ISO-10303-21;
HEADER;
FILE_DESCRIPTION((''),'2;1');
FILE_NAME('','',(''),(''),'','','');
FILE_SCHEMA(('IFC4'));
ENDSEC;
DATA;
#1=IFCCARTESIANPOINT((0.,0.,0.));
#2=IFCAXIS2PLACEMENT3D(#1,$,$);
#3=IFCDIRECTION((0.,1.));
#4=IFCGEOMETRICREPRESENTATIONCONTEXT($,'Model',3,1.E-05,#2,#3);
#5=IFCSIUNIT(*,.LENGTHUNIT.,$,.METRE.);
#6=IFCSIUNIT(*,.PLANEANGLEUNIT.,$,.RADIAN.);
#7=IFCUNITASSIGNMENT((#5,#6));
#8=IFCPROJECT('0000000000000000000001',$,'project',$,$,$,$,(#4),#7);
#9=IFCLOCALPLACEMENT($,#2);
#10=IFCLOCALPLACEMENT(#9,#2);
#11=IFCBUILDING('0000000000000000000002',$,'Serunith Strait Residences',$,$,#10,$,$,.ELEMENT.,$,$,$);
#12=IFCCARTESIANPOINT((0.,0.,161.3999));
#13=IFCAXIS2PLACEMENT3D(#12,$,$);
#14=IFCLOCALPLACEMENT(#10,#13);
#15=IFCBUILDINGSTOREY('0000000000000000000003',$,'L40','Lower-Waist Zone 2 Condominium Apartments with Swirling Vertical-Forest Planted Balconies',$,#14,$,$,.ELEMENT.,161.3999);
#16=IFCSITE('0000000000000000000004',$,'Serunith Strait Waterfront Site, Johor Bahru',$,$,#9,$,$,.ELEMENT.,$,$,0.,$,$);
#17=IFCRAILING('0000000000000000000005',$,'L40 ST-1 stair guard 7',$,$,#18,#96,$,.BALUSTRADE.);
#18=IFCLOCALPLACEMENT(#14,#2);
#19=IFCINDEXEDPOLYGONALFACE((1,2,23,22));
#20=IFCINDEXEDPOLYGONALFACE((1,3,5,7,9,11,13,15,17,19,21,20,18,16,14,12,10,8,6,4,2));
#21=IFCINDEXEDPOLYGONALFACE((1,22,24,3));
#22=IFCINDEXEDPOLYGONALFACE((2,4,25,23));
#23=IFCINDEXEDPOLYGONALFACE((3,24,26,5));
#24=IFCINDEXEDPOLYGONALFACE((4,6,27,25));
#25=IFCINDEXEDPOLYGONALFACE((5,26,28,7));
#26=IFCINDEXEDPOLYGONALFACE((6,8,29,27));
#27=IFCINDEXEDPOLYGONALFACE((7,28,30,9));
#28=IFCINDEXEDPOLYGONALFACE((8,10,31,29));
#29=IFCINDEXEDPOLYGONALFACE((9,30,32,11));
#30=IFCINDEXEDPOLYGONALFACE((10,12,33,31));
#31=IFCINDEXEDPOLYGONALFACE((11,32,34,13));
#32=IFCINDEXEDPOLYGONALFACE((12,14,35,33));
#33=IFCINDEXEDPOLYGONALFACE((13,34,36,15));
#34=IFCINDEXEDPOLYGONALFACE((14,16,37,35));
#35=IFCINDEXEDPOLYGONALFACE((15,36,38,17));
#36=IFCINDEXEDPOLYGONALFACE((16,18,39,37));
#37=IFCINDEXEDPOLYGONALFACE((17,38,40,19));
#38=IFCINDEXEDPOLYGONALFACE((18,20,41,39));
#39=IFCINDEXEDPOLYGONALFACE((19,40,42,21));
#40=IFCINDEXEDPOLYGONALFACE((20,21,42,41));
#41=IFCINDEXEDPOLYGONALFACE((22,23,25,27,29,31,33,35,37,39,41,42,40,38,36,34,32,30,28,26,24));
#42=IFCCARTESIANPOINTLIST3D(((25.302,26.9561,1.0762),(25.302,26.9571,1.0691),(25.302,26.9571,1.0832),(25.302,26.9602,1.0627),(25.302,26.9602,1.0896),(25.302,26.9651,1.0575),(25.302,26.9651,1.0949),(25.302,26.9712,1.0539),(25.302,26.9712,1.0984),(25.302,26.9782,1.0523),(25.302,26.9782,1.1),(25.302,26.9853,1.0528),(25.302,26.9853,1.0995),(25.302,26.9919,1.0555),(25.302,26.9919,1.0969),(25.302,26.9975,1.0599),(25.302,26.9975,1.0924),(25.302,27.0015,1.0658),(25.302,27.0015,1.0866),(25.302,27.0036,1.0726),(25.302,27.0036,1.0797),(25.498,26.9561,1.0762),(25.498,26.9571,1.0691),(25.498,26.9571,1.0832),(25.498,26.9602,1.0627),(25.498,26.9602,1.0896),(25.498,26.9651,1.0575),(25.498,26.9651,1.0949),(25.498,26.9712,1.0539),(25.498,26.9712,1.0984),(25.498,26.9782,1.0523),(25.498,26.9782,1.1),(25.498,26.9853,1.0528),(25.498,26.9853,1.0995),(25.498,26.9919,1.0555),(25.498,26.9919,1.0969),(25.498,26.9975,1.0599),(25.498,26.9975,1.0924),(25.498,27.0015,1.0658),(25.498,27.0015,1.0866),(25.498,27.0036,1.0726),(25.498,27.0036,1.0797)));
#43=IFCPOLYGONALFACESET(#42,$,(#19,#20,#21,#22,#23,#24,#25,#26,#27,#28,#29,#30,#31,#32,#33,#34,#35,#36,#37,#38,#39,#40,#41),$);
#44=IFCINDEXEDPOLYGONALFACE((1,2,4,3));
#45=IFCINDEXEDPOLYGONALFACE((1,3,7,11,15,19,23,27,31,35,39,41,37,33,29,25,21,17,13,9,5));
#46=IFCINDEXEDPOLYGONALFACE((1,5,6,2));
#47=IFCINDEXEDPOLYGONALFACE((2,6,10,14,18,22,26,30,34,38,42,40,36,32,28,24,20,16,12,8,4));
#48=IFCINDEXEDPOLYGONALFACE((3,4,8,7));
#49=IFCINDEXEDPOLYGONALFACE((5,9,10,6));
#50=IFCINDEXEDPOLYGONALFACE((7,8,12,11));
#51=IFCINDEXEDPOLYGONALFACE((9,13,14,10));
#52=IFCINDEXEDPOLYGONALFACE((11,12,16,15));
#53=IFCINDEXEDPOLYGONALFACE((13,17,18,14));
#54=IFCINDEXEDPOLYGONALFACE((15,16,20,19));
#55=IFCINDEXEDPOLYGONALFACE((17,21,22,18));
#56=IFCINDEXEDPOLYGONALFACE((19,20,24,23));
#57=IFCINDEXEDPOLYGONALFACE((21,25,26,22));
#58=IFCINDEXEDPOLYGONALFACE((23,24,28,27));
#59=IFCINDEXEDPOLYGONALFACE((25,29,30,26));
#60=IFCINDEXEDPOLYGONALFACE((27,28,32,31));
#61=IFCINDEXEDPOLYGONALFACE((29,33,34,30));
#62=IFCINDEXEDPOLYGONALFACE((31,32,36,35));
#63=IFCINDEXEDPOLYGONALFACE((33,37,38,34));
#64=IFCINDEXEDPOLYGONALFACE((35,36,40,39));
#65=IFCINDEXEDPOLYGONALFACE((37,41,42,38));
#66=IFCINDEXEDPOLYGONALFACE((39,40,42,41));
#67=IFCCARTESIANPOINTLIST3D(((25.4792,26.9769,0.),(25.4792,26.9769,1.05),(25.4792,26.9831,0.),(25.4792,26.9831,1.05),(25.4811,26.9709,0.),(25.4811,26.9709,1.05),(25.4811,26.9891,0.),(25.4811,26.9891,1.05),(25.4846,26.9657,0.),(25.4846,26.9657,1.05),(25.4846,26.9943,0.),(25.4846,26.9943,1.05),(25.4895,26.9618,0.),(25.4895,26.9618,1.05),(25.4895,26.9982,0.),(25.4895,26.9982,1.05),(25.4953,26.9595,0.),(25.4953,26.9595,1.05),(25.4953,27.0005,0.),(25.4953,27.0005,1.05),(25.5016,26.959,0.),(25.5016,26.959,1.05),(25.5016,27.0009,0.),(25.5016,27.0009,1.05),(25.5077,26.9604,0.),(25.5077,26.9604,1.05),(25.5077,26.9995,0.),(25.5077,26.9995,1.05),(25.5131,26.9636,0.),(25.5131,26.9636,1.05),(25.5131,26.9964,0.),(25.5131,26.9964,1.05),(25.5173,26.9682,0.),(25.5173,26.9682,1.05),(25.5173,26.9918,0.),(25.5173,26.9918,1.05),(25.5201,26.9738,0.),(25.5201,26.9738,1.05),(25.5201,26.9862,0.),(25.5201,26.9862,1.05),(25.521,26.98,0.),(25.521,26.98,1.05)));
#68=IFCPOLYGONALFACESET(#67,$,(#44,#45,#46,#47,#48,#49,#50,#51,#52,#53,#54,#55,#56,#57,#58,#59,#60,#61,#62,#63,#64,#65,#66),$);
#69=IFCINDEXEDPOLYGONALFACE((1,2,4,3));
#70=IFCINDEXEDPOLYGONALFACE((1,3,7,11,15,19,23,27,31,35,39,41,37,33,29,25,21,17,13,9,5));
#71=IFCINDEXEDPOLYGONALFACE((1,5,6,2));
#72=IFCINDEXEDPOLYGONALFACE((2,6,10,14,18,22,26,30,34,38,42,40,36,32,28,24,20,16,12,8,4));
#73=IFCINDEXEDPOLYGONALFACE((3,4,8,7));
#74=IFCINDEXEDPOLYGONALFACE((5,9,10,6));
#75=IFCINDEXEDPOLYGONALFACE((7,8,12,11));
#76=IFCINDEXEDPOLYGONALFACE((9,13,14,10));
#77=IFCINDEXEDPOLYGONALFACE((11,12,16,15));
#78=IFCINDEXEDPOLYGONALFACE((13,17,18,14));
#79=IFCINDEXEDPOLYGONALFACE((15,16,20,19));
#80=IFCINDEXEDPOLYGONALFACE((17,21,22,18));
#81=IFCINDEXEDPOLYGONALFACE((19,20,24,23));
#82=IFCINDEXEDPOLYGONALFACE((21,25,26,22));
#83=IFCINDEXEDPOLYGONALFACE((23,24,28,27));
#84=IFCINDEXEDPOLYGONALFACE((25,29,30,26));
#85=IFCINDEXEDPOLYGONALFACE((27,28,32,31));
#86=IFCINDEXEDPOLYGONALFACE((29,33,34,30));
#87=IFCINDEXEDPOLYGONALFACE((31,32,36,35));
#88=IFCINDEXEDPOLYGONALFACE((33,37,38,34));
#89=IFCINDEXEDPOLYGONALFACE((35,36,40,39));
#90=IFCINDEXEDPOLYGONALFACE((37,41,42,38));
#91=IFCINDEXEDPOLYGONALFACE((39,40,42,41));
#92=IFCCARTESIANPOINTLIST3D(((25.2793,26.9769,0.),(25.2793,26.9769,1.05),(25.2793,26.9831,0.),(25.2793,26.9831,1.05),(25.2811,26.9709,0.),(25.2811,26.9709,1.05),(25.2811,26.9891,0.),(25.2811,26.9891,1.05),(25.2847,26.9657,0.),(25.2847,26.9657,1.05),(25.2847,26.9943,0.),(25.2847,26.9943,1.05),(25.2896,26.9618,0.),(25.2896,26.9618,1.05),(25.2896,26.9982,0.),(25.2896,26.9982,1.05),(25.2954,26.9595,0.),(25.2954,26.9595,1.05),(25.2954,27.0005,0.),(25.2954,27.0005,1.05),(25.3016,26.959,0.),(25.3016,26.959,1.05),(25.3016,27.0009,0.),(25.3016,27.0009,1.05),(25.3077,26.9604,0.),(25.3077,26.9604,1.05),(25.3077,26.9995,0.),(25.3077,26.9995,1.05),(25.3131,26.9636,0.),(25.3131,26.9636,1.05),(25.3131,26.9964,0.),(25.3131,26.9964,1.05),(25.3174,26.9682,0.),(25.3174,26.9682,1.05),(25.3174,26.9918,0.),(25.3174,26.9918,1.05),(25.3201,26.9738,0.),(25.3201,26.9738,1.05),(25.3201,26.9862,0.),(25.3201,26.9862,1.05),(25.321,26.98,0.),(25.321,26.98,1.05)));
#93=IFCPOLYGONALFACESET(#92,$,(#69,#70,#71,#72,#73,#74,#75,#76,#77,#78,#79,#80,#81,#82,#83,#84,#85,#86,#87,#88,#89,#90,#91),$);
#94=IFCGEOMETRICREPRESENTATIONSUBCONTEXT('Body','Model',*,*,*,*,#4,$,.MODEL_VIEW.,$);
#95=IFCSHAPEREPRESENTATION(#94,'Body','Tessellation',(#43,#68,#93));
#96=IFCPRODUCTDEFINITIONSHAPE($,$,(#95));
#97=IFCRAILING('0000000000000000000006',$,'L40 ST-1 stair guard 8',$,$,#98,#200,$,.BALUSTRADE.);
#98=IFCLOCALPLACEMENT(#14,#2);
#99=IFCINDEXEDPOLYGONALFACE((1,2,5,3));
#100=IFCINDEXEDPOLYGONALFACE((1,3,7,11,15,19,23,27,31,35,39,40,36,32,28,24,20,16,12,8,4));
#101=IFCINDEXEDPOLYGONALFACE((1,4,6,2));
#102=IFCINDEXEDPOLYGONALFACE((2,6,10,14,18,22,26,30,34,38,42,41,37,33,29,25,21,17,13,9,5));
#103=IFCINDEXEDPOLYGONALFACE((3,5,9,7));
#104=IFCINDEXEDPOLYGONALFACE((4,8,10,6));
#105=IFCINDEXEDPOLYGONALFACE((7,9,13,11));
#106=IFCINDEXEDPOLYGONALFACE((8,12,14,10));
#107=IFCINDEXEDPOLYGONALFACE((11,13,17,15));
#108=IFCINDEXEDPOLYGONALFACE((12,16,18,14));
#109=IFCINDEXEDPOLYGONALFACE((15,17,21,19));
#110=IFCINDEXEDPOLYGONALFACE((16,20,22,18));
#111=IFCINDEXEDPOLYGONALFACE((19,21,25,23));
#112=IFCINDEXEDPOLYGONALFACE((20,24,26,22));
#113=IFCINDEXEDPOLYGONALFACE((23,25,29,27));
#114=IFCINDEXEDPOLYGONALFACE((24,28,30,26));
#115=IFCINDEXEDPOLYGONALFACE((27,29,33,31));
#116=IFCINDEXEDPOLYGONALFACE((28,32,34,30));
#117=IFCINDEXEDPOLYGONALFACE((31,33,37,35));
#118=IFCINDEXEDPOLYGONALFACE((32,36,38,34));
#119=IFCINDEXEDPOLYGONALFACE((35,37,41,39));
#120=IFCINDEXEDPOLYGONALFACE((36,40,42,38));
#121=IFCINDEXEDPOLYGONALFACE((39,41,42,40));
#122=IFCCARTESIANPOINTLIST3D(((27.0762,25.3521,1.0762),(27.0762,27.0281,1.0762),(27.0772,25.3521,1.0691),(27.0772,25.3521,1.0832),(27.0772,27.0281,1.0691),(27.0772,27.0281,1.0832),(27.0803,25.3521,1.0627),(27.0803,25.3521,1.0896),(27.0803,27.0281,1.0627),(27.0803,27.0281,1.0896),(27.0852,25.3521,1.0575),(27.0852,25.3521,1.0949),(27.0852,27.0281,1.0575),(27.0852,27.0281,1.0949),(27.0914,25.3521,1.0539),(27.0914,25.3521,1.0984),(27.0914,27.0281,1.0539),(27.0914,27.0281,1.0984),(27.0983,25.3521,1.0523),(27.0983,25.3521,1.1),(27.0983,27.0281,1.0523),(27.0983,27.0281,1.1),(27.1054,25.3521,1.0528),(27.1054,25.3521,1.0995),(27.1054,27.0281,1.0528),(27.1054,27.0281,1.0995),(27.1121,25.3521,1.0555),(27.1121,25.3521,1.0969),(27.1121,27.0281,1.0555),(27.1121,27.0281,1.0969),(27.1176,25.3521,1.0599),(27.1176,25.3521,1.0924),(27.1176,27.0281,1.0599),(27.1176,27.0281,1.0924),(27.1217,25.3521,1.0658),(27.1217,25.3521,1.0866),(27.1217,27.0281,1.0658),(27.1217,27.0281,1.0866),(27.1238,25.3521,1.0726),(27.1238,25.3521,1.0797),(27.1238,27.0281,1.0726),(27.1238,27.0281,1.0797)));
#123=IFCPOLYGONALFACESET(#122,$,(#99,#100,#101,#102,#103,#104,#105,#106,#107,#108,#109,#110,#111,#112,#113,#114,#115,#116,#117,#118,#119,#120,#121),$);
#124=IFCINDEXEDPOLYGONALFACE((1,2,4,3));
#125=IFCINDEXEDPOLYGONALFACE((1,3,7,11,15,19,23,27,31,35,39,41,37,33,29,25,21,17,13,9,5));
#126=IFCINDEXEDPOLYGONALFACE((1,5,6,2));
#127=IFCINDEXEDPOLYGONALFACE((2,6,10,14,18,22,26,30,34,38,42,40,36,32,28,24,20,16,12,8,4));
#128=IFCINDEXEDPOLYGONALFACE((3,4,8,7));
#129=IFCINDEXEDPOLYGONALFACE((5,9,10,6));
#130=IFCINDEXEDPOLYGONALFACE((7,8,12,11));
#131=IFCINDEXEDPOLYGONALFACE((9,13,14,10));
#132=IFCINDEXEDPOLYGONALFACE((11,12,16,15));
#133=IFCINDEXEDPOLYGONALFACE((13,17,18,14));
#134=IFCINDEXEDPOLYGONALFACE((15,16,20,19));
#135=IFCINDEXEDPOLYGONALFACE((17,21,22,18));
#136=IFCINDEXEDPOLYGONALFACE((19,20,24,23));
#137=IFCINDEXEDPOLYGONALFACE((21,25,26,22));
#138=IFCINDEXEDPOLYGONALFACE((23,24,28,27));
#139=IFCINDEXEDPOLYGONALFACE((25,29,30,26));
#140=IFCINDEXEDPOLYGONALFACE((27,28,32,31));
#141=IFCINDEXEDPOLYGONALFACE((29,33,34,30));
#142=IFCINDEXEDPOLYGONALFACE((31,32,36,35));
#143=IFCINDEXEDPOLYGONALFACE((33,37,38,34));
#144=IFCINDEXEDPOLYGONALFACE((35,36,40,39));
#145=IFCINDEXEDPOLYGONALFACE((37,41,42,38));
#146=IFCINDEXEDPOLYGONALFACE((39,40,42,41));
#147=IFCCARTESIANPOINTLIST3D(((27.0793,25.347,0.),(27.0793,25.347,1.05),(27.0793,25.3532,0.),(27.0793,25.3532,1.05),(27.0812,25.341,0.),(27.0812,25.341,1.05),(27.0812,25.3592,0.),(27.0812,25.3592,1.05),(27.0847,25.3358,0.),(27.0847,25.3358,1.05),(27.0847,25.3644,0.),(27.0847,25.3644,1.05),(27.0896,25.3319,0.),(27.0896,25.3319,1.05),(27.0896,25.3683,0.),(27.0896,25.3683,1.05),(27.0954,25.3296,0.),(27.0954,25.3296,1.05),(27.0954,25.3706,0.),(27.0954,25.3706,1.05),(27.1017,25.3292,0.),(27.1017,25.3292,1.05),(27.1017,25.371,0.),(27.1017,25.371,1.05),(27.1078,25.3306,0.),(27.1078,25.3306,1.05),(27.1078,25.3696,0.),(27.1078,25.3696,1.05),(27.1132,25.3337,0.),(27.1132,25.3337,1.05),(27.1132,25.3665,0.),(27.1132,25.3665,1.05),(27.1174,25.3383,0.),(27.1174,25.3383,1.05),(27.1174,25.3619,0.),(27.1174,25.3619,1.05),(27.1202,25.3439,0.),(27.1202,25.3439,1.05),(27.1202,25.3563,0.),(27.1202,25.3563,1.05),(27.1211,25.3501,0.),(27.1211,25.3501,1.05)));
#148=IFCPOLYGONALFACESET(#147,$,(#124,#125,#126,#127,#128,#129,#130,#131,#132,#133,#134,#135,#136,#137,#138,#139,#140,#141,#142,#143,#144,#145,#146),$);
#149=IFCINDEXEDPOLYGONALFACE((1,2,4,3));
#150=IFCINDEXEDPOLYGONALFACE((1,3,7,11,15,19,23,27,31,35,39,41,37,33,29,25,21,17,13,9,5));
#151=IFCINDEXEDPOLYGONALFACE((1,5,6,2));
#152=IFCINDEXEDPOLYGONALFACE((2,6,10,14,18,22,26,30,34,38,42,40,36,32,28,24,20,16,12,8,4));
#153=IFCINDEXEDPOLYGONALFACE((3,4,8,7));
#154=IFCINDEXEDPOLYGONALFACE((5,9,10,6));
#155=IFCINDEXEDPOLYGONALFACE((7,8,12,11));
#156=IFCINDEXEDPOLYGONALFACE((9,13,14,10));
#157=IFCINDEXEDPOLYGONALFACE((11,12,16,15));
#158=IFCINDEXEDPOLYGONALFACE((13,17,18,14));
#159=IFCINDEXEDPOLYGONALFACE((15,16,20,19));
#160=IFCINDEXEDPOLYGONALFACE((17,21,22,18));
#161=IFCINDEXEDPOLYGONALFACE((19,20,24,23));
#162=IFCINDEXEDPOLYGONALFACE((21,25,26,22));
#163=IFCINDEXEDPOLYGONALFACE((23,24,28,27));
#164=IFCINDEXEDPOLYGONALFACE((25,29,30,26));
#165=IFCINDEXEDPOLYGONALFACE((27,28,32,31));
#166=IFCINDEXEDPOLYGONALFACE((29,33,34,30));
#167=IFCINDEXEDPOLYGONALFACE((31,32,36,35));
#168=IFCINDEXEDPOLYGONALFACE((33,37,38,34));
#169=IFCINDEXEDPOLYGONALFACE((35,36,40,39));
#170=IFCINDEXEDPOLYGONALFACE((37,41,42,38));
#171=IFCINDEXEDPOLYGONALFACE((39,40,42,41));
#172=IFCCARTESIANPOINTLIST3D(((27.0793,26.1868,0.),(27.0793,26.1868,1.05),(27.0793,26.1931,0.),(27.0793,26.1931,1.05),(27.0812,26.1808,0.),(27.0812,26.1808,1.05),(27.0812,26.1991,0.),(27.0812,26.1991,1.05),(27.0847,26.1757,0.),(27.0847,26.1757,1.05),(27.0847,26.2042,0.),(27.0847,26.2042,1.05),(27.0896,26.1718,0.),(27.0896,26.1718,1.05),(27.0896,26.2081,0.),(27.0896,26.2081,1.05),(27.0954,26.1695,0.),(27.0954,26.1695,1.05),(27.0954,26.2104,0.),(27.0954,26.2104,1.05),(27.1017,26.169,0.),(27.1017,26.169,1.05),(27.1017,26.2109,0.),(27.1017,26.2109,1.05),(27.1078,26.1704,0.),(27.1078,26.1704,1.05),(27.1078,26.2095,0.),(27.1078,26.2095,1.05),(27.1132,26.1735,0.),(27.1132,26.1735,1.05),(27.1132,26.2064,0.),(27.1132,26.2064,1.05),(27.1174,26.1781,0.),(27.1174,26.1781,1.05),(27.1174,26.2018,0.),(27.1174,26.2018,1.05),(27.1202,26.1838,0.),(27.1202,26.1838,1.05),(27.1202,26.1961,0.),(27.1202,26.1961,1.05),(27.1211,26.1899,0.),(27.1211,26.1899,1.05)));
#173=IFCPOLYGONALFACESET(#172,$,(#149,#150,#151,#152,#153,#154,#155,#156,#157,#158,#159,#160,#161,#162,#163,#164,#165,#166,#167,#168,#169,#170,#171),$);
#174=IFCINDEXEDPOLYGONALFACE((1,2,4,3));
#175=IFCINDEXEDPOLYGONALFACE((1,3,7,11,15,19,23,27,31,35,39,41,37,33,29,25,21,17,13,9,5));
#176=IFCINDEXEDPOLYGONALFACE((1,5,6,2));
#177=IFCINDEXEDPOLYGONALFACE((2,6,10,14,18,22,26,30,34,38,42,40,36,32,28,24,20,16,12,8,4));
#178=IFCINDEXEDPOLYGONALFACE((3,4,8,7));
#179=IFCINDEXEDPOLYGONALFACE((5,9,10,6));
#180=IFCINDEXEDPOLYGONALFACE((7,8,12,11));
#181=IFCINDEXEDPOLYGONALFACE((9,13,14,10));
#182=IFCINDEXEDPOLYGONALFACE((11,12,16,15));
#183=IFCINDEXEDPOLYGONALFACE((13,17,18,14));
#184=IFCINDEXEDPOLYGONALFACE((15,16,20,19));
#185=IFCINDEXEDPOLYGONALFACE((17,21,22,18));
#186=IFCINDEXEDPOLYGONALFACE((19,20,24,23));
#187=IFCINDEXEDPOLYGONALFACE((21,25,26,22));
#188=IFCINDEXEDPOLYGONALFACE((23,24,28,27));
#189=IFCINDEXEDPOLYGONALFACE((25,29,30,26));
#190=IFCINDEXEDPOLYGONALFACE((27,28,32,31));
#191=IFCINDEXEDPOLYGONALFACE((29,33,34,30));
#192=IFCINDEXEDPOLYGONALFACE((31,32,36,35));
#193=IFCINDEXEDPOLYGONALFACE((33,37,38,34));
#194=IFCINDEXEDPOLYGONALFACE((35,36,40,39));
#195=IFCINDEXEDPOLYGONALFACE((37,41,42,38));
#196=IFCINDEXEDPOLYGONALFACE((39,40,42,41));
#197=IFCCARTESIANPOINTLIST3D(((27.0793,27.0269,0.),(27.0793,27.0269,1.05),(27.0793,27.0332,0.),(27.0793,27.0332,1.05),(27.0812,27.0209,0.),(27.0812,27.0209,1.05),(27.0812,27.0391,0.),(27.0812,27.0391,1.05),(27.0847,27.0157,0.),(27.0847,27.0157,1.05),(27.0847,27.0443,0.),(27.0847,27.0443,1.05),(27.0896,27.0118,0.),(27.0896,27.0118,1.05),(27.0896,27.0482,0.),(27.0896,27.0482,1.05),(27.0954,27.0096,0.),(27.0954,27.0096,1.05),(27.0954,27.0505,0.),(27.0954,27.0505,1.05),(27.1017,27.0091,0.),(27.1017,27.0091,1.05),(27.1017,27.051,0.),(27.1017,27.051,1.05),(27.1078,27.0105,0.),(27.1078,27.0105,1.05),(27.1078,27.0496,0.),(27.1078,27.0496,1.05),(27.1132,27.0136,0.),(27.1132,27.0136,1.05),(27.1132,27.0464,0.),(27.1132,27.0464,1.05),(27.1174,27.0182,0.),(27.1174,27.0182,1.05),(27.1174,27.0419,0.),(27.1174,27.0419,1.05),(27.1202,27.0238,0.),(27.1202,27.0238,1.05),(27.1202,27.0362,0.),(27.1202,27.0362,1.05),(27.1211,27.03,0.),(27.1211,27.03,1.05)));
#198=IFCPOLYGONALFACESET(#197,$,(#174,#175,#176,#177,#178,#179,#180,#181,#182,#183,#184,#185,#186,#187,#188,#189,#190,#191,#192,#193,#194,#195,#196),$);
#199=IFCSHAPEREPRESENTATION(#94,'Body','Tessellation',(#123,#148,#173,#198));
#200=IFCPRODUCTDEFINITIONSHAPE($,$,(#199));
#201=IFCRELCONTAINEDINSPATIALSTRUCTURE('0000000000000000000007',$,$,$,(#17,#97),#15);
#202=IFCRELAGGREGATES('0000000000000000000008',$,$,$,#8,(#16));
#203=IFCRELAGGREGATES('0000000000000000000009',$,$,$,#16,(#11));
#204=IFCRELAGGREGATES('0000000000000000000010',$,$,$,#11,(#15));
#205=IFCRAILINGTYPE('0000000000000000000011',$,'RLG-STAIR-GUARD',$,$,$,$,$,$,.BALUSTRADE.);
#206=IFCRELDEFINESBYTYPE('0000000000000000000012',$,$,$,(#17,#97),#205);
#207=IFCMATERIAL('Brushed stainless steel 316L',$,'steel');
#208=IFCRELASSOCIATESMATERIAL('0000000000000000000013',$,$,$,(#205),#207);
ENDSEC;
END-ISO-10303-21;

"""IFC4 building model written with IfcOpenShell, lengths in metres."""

from ifc_helpers import new_model, si_unit, direction, frame, origin, origin_2d, place, context, subcontext, project, spatial, circle, extrude, material, type_object, element, save


model = new_model("IFC4")

# Units and contexts
model_context = context("Model", 3, precision=1e-05, world=origin(), true_north=direction((0.0, 1.0)))
body_context = subcontext(model_context, "Body", "Model", "MODEL_VIEW")
ifc_project = project(units=[si_unit("LENGTHUNIT", "METRE"), si_unit("PLANEANGLEUNIT", "RADIAN")], contexts=[model_context])

# Site, building, storey
site_placement = place(None, origin())
site = spatial("IfcSite", under=ifc_project, at=site_placement, Name="Serunith Strait Waterfront Site, Johor Bahru", CompositionType="ELEMENT", RefElevation=0.0)
building_placement = place(site_placement, origin())
building = spatial("IfcBuilding", under=site, at=building_placement, Name="Serunith Strait Residences", CompositionType="ELEMENT")
storey_placement = place(building_placement, frame((0.0, 0.0, 161.3999)))
storey = spatial("IfcBuildingStorey", under=building, at=storey_placement, Name="L40", Description="Lower-Waist Zone 2 Condominium Apartments with Swirling Vertical-Forest Planted Balconies", CompositionType="ELEMENT", Elevation=161.3999)

# Railings
ifc_material_1 = material(Name="Brushed stainless steel 316L", Category="steel")
railing_type_1 = type_object("IfcRailingType", Name="RLG-STAIR-GUARD", PredefinedType="BALUSTRADE", material=ifc_material_1)
railing_1_placement = place(storey_placement, frame((25.5, 26.98, 0.0)))
element("IfcRailing", 1, at=railing_1_placement, inside=storey, type_object=railing_type_1, Name="L40 ST-1 stair guard 7", PredefinedType="BALUSTRADE", context=body_context, shape_type="SweptSolid", body=[
    extrude(circle(Radius=0.0239, at=origin_2d()), frame((-0.002, 0.0, 1.0762), z_axis=(-1.0, 0.0, 0.0), x_axis=(0.0, -1.0, 0.0)), (0.0, 0.0, 1.0), 0.196),
    extrude(circle(Radius=0.021, at=origin_2d()), origin(), (0.0, 0.0, 1.0), 1.05),
    extrude(circle(Radius=0.021, at=origin_2d()), frame((-0.2, 0.0, 0.0)), (0.0, 0.0, 1.0), 1.05),
])
for number, where, name in (
    (2, (27.1001, 25.3501, 0.0), "L40 ST-1 stair guard 8"),
):
    element("IfcRailing", number, at=place(storey_placement, frame(where)), inside=storey, type_object=railing_type_1, Name=name, PredefinedType="BALUSTRADE", context=body_context, shape_type="SweptSolid", body=[
        extrude(circle(Radius=0.0239, at=origin_2d()), frame((0.0, 0.002, 1.0762), z_axis=(0.0, 1.0, 0.0), x_axis=(-1.0, 0.0, 0.0)), (0.0, 0.0, 1.0), 1.676),
        extrude(circle(Radius=0.021, at=origin_2d()), origin(), (0.0, 0.0, 1.0), 1.05),
        extrude(circle(Radius=0.021, at=origin_2d()), frame((0.0, 0.8398, 0.0)), (0.0, 0.0, 1.0), 1.05),
        extrude(circle(Radius=0.021, at=origin_2d()), frame((0.0, 1.6799, 0.0)), (0.0, 0.0, 1.0), 1.05),
    ])

save(model, "model.ifc")
